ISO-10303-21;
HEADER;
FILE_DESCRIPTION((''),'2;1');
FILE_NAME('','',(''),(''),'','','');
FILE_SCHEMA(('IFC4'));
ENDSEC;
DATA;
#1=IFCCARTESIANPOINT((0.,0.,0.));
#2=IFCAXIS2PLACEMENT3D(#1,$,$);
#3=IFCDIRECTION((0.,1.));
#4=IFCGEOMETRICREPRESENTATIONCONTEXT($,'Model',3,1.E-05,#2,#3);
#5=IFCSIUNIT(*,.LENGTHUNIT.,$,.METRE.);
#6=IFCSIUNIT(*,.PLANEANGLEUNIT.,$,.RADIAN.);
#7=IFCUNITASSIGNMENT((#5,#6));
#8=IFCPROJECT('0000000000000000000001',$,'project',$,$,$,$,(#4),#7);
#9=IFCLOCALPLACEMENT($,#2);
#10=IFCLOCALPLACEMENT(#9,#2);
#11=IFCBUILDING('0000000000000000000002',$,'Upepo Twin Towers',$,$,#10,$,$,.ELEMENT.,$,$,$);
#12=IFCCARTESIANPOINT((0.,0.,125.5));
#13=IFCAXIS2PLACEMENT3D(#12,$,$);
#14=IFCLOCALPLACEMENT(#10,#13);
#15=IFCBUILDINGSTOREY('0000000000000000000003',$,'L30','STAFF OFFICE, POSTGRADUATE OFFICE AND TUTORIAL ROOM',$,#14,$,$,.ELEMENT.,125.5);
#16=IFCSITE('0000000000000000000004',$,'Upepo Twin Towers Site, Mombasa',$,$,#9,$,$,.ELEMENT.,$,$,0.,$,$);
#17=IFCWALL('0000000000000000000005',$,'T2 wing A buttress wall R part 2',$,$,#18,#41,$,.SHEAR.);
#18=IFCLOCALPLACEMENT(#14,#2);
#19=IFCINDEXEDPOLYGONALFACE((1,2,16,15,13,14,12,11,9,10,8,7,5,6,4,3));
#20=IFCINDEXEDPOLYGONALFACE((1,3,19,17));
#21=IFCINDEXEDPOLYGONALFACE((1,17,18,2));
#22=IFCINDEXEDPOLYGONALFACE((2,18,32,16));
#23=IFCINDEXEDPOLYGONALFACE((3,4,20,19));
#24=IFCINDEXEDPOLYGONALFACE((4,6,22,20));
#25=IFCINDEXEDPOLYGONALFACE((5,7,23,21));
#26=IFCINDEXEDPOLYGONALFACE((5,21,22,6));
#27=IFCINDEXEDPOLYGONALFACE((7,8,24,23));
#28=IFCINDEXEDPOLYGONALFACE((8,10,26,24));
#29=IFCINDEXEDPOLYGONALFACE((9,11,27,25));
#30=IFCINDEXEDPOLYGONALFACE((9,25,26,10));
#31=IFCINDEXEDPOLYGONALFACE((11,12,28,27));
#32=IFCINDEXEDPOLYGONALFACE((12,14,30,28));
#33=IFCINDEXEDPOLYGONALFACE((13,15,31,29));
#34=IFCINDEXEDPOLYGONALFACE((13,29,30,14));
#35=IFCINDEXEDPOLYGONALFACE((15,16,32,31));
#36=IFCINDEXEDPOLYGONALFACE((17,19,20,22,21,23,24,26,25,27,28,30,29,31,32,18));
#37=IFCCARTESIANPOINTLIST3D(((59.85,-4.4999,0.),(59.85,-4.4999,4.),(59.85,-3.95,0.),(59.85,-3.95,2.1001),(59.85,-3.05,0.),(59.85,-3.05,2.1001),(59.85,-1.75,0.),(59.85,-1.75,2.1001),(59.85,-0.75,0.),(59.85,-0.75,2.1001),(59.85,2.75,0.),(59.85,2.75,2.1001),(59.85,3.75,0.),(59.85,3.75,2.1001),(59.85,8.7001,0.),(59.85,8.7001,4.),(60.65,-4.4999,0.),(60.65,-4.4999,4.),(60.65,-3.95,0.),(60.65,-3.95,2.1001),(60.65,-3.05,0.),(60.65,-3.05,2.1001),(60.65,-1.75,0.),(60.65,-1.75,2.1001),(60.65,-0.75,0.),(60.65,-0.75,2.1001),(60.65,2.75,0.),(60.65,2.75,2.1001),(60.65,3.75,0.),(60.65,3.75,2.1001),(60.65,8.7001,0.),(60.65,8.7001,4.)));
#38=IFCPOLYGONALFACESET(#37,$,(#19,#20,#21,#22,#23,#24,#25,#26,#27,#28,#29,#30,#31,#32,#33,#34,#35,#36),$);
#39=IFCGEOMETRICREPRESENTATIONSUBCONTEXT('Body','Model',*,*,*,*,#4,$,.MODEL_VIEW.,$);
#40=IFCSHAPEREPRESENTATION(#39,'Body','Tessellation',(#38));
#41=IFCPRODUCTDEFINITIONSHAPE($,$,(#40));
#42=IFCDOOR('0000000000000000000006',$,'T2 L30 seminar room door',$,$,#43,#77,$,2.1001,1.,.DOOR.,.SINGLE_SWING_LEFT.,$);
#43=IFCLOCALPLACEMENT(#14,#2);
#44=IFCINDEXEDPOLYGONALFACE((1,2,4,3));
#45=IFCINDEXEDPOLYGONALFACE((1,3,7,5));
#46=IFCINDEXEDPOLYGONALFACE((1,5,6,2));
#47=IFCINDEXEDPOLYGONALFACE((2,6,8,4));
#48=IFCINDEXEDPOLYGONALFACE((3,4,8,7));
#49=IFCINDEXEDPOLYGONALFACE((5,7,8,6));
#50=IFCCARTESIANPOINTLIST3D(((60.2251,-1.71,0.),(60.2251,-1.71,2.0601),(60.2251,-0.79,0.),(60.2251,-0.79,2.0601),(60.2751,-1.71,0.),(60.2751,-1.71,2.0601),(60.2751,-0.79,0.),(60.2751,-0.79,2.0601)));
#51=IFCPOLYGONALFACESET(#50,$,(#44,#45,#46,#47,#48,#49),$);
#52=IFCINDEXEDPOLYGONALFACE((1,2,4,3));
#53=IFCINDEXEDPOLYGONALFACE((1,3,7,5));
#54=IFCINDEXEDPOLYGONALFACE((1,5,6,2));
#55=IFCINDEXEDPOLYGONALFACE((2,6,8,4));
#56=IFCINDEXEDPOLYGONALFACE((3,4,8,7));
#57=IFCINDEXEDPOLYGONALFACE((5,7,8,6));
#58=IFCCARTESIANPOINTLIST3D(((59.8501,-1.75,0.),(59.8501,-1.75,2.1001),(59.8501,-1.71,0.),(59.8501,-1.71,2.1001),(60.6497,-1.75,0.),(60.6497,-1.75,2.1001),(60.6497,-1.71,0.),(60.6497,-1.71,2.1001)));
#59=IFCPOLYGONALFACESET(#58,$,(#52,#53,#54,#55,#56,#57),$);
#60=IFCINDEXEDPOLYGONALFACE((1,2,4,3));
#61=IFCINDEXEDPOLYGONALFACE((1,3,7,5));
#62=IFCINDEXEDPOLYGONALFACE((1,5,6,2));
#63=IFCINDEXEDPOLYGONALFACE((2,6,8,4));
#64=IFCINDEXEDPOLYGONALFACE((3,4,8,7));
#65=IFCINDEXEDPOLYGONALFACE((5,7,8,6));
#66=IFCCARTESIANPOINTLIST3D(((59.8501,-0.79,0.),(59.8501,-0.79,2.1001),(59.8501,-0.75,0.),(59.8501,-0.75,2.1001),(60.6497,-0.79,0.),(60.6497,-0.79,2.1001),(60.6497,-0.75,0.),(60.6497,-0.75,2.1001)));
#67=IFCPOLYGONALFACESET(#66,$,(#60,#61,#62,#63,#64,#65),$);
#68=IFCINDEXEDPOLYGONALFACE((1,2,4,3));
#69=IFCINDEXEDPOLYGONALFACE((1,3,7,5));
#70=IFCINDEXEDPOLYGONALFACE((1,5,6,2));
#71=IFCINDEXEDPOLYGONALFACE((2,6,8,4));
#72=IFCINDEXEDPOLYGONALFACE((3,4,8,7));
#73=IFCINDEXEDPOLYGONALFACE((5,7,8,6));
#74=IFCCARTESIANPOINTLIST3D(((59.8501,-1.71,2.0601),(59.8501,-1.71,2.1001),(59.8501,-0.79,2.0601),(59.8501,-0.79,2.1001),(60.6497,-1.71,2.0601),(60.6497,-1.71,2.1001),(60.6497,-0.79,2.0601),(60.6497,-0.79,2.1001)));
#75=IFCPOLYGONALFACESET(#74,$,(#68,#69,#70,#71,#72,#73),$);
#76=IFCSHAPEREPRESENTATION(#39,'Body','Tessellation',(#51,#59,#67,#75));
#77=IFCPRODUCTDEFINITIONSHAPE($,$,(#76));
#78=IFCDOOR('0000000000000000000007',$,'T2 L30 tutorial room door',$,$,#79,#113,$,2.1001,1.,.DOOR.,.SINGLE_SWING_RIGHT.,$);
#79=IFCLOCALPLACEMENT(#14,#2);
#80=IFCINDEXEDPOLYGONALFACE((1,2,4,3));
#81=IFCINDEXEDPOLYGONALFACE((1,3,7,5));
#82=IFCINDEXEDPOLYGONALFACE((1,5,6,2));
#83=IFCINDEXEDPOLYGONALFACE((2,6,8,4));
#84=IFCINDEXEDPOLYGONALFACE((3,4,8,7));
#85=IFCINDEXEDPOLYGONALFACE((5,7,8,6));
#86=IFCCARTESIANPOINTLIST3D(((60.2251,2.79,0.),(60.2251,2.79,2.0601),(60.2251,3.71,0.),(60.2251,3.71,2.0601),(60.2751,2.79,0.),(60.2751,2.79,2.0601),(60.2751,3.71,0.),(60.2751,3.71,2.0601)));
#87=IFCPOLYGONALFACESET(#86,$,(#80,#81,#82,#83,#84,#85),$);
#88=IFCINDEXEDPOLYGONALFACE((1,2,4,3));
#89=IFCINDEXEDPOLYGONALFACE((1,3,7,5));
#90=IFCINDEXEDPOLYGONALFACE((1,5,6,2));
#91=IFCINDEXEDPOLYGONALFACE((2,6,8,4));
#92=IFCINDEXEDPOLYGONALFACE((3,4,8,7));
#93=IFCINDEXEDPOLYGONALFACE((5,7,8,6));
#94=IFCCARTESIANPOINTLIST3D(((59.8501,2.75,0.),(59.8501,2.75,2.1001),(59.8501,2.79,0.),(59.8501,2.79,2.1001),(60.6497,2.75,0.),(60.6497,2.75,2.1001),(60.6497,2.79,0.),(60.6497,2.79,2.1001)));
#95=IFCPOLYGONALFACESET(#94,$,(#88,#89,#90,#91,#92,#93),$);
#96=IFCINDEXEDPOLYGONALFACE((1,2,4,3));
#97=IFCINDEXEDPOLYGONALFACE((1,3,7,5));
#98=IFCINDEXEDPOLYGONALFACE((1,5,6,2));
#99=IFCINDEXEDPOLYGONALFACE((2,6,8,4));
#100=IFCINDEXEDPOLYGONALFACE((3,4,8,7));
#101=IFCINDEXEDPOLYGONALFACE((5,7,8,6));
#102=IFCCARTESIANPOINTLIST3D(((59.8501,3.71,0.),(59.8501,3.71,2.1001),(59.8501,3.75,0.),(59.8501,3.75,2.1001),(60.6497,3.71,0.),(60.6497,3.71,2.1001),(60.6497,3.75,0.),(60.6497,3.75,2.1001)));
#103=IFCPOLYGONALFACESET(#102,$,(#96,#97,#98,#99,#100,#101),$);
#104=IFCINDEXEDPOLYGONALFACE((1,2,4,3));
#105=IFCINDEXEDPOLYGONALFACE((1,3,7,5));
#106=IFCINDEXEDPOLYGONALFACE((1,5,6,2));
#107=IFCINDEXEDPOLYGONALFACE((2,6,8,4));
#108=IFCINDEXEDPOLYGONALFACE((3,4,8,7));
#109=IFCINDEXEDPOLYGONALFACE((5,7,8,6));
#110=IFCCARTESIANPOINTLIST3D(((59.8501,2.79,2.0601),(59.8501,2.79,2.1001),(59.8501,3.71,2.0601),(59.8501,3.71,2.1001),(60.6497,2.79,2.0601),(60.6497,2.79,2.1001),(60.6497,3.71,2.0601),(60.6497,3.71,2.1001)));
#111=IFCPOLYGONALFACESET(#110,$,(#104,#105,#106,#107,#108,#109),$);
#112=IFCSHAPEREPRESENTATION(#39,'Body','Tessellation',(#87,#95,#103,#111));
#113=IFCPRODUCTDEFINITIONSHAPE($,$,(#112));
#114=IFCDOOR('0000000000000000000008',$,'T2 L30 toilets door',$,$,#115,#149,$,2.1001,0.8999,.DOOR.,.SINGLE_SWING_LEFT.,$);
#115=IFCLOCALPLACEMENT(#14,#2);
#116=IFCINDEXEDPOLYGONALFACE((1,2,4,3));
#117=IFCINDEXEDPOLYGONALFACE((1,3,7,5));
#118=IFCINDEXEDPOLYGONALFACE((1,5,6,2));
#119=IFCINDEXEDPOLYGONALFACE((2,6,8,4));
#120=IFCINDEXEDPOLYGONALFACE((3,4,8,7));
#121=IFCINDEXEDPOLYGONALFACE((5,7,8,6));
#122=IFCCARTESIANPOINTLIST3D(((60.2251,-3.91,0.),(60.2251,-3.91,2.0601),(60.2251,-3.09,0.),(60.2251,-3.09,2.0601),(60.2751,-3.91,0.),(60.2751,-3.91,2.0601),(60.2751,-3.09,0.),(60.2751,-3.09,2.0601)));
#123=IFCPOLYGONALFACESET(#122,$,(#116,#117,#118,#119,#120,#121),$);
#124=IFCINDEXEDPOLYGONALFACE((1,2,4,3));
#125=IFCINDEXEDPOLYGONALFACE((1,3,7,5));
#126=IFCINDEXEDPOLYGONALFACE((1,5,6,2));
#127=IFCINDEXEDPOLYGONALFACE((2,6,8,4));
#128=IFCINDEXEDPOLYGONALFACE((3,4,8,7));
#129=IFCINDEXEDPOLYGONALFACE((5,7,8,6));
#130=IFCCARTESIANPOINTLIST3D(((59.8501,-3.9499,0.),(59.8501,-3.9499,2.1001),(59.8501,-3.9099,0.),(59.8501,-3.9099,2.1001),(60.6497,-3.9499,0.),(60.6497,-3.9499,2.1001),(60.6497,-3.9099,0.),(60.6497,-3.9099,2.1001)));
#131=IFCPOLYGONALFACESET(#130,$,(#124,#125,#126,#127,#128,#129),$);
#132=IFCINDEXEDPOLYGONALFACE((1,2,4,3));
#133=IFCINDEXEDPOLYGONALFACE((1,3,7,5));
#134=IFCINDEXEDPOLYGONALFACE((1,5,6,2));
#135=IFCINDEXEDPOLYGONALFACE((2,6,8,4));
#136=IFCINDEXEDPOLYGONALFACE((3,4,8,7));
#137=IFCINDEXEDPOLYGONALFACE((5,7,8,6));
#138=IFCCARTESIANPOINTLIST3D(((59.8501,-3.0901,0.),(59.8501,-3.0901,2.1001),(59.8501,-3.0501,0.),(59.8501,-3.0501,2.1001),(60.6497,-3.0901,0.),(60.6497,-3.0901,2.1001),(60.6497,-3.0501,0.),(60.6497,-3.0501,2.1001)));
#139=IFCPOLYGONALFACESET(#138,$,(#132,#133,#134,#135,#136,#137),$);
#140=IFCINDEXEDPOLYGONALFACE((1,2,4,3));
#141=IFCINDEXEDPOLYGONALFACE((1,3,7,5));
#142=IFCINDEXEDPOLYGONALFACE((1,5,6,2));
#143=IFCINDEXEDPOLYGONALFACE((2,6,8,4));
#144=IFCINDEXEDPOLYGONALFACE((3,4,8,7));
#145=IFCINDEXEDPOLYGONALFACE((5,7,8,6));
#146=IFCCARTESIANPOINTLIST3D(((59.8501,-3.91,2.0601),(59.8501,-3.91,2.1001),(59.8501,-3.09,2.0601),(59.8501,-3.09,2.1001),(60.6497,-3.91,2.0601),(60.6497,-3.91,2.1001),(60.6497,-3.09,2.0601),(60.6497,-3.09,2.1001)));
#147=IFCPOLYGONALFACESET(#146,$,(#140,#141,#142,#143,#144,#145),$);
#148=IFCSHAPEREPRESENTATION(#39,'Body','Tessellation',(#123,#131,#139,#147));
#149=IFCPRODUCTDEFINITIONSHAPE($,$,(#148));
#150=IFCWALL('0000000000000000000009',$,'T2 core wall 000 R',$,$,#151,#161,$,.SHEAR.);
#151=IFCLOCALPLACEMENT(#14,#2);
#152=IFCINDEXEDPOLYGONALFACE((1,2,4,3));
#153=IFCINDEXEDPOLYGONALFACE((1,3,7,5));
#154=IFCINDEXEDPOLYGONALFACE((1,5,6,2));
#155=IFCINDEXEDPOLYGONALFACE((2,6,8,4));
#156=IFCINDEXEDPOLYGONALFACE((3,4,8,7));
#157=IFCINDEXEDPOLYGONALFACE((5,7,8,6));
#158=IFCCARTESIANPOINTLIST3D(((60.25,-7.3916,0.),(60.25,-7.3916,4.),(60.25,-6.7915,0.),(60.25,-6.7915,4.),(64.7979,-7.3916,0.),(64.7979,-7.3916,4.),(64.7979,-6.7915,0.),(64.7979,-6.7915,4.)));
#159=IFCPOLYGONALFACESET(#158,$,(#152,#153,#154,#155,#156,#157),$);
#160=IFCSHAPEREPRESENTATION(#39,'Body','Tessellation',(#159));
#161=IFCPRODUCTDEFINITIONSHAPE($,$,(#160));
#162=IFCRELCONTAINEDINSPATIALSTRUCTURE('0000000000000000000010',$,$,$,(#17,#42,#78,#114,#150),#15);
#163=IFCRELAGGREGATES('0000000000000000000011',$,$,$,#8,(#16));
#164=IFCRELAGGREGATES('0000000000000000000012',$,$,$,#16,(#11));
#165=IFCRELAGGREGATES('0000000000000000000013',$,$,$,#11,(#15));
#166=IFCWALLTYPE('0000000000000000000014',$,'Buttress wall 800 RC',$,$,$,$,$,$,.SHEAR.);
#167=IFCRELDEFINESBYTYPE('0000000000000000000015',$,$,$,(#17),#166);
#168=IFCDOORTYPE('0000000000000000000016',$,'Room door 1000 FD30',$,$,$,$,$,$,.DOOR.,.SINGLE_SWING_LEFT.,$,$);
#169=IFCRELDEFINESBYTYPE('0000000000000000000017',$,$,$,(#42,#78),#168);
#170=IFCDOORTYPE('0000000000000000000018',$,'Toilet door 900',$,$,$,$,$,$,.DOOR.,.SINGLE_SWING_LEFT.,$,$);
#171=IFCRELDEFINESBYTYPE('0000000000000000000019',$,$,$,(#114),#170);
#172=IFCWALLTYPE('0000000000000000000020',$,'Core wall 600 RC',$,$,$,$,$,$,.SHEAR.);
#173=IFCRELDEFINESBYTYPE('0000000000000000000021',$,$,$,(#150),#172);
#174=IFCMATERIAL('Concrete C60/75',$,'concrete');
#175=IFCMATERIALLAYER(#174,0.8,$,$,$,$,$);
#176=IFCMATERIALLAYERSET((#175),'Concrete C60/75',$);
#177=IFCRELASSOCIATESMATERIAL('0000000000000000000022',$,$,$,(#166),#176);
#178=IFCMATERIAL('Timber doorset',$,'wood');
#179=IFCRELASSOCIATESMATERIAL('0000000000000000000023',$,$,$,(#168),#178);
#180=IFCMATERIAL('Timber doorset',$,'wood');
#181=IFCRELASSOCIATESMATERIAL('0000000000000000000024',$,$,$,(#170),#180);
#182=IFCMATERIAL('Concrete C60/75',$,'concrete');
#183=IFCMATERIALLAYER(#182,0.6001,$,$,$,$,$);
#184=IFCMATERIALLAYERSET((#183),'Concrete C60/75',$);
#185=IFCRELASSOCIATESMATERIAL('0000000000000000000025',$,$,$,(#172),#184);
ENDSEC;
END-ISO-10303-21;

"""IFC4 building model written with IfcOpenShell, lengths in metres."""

from ifc_helpers import new_model, si_unit, direction, frame, frame_2d, origin, place, context, subcontext, project, spatial, rectangle, extrude, material, layer, layer_set, type_object, element, fill, save


model = new_model("IFC4")

# Units and contexts
model_context = context("Model", 3, precision=1e-05, world=origin(), true_north=direction((0.0, 1.0)))
body_context = subcontext(model_context, "Body", "Model", "MODEL_VIEW")
ifc_project = project(units=[si_unit("LENGTHUNIT", "METRE"), si_unit("PLANEANGLEUNIT", "RADIAN")], contexts=[model_context])

# Site, building, storey
site_placement = place(None, origin())
site = spatial("IfcSite", under=ifc_project, at=site_placement, Name="Upepo Twin Towers Site, Mombasa", CompositionType="ELEMENT", RefElevation=0.0)
building_placement = place(site_placement, origin())
building = spatial("IfcBuilding", under=site, at=building_placement, Name="Upepo Twin Towers", CompositionType="ELEMENT")
storey_placement = place(building_placement, frame((0.0, 0.0, 125.5)))
storey = spatial("IfcBuildingStorey", under=building, at=storey_placement, Name="L30", Description="STAFF OFFICE, POSTGRADUATE OFFICE AND TUTORIAL ROOM", CompositionType="ELEMENT", Elevation=125.5)

# Wall, openings, doors
ifc_material_1 = material(Name="Concrete C60/75", Category="concrete")
ifc_layer_1 = layer(ifc_material_1, 0.8)
ifc_layer_set_1 = layer_set([ifc_layer_1], Name="Concrete C60/75")
wall_type_1 = type_object("IfcWallType", Name="Buttress wall 800 RC", PredefinedType="SHEAR", material=ifc_layer_set_1)
ifc_material_2 = material(Name="Timber doorset", Category="wood")
door_type_1 = type_object("IfcDoorType", Name="Room door 1000 FD30", OperationType="SINGLE_SWING_LEFT", PredefinedType="DOOR", material=ifc_material_2)
ifc_material_3 = material(Name="Timber doorset", Category="wood")
door_type_2 = type_object("IfcDoorType", Name="Toilet door 900", OperationType="SINGLE_SWING_LEFT", PredefinedType="DOOR", material=ifc_material_3)
wall_1_placement = place(storey_placement, frame((60.25, -4.5, 0.0), z_axis=(0.0, 0.0, 1.0), x_axis=(0.0, 1.0, 0.0)))
wall_1 = element("IfcWall", 1, at=wall_1_placement, inside=storey, type_object=wall_type_1, Name="T2 wing A buttress wall R part 2", PredefinedType="SHEAR", context=body_context, shape_type="SweptSolid", body=[
    extrude(rectangle(XDim=13.2, YDim=0.8, at=frame_2d((6.6001, 0.0))), origin(), (0.0, 0.0, 1.0), 4.0),
])
opening_1_placement = place(wall_1_placement, frame((0.55, 0.0, 0.0)))
opening_1 = element("IfcOpeningElement", 2, at=opening_1_placement, cuts=wall_1, PredefinedType="OPENING", context=body_context, shape_type="SweptSolid", body=[
    extrude(rectangle(XDim=0.8999, YDim=2.1001, at=frame_2d((0.45, 1.05))), frame((0.0, 0.4099, 0.0), z_axis=(0.0, -1.0, 0.0), x_axis=(1.0, 0.0, 0.0)), (0.0, 0.0, 1.0), 0.8201),
])
opening_2_placement = place(wall_1_placement, frame((2.75, 0.0, 0.0)))
opening_2 = element("IfcOpeningElement", 3, at=opening_2_placement, cuts=wall_1, PredefinedType="OPENING", context=body_context, shape_type="SweptSolid", body=[
    extrude(rectangle(XDim=1.0, YDim=2.1001, at=frame_2d((0.5, 1.05))), frame((0.0, 0.4099, 0.0), z_axis=(0.0, -1.0, 0.0), x_axis=(1.0, 0.0, 0.0)), (0.0, 0.0, 1.0), 0.8201),
])
opening_3_placement = place(wall_1_placement, frame((7.25, 0.0, 0.0)))
opening_3 = element("IfcOpeningElement", 4, at=opening_3_placement, cuts=wall_1, PredefinedType="OPENING", context=body_context, shape_type="SweptSolid", body=[
    extrude(rectangle(XDim=1.0, YDim=2.1001, at=frame_2d((0.5, 1.05))), frame((0.0, 0.4099, 0.0), z_axis=(0.0, -1.0, 0.0), x_axis=(1.0, 0.0, 0.0)), (0.0, 0.0, 1.0), 0.8201),
])
door_1_placement = place(opening_2_placement, origin())
door_1 = element("IfcDoor", 5, at=door_1_placement, inside=storey, type_object=door_type_1, Name="T2 L30 seminar room door", OperationType="SINGLE_SWING_LEFT", OverallHeight=2.1001, OverallWidth=1.0, PredefinedType="DOOR", context=body_context, shape_type="SweptSolid", body=[
    extrude(rectangle(XDim=0.92, YDim=2.0601, at=frame_2d((0.5, 1.03))), frame((0.0, 0.0249, 0.0), z_axis=(0.0, -1.0, 0.0), x_axis=(1.0, 0.0, 0.0)), (0.0, 0.0, 1.0), 0.05),
    extrude(rectangle(XDim=0.04, YDim=2.1001, at=frame_2d((0.02, 1.05))), frame((0.0, 0.3999, 0.0), z_axis=(0.0, -1.0, 0.0), x_axis=(1.0, 0.0, 0.0)), (0.0, 0.0, 1.0), 0.7996),
    extrude(rectangle(XDim=0.04, YDim=2.1001, at=frame_2d((0.98, 1.05))), frame((0.0, 0.3999, 0.0), z_axis=(0.0, -1.0, 0.0), x_axis=(1.0, 0.0, 0.0)), (0.0, 0.0, 1.0), 0.7996),
    extrude(rectangle(XDim=0.92, YDim=0.04, at=frame_2d((0.5, 2.0801))), frame((0.0, 0.3999, 0.0), z_axis=(0.0, -1.0, 0.0), x_axis=(1.0, 0.0, 0.0)), (0.0, 0.0, 1.0), 0.7996),
])
fill(opening_2, door_1)
door_2_placement = place(opening_3_placement, origin())
door_2 = element("IfcDoor", 6, at=door_2_placement, inside=storey, type_object=door_type_1, Name="T2 L30 tutorial room door", OperationType="SINGLE_SWING_RIGHT", OverallHeight=2.1001, OverallWidth=1.0, PredefinedType="DOOR", context=body_context, shape_type="SweptSolid", body=[
    extrude(rectangle(XDim=0.92, YDim=2.0601, at=frame_2d((0.5, 1.03))), frame((0.0, 0.0249, 0.0), z_axis=(0.0, -1.0, 0.0), x_axis=(1.0, 0.0, 0.0)), (0.0, 0.0, 1.0), 0.05),
    extrude(rectangle(XDim=0.04, YDim=2.1001, at=frame_2d((0.02, 1.05))), frame((0.0, 0.3999, 0.0), z_axis=(0.0, -1.0, 0.0), x_axis=(1.0, 0.0, 0.0)), (0.0, 0.0, 1.0), 0.7996),
    extrude(rectangle(XDim=0.04, YDim=2.1001, at=frame_2d((0.98, 1.05))), frame((0.0, 0.3999, 0.0), z_axis=(0.0, -1.0, 0.0), x_axis=(1.0, 0.0, 0.0)), (0.0, 0.0, 1.0), 0.7996),
    extrude(rectangle(XDim=0.92, YDim=0.04, at=frame_2d((0.5, 2.0801))), frame((0.0, 0.3999, 0.0), z_axis=(0.0, -1.0, 0.0), x_axis=(1.0, 0.0, 0.0)), (0.0, 0.0, 1.0), 0.7996),
])
fill(opening_3, door_2)
door_3_placement = place(opening_1_placement, origin())
door_3 = element("IfcDoor", 7, at=door_3_placement, inside=storey, type_object=door_type_2, Name="T2 L30 toilets door", OperationType="SINGLE_SWING_LEFT", OverallHeight=2.1001, OverallWidth=0.8999, PredefinedType="DOOR", context=body_context, shape_type="SweptSolid", body=[
    extrude(rectangle(XDim=0.8199, YDim=2.0601, at=frame_2d((0.45, 1.03))), frame((0.0, 0.0249, 0.0), z_axis=(0.0, -1.0, 0.0), x_axis=(1.0, 0.0, 0.0)), (0.0, 0.0, 1.0), 0.05),
    extrude(rectangle(XDim=0.04, YDim=2.1001, at=frame_2d((0.02, 1.05))), frame((0.0, 0.3999, 0.0), z_axis=(0.0, -1.0, 0.0), x_axis=(1.0, 0.0, 0.0)), (0.0, 0.0, 1.0), 0.7996),
    extrude(rectangle(XDim=0.04, YDim=2.1001, at=frame_2d((0.8799, 1.05))), frame((0.0, 0.3999, 0.0), z_axis=(0.0, -1.0, 0.0), x_axis=(1.0, 0.0, 0.0)), (0.0, 0.0, 1.0), 0.7996),
    extrude(rectangle(XDim=0.8199, YDim=0.04, at=frame_2d((0.45, 2.0801))), frame((0.0, 0.3999, 0.0), z_axis=(0.0, -1.0, 0.0), x_axis=(1.0, 0.0, 0.0)), (0.0, 0.0, 1.0), 0.7996),
])
fill(opening_1, door_3)

# Wall
ifc_material_4 = material(Name="Concrete C60/75", Category="concrete")
ifc_layer_2 = layer(ifc_material_4, 0.6001)
ifc_layer_set_2 = layer_set([ifc_layer_2], Name="Concrete C60/75")
wall_type_2 = type_object("IfcWallType", Name="Core wall 600 RC", PredefinedType="SHEAR", material=ifc_layer_set_2)
wall_2_placement = place(storey_placement, frame((64.7979, -7.0916, 0.0), z_axis=(0.0, 0.0, 1.0), x_axis=(-1.0, 0.0, 0.0)))
element("IfcWall", 8, at=wall_2_placement, inside=storey, type_object=wall_type_2, Name="T2 core wall 000 R", PredefinedType="SHEAR", context=body_context, shape_type="SweptSolid", body=[
    extrude(rectangle(XDim=4.5479, YDim=0.6001, at=frame_2d((2.2739, 0.0))), origin(), (0.0, 0.0, 1.0), 4.0),
])

save(model, "model.ifc")
